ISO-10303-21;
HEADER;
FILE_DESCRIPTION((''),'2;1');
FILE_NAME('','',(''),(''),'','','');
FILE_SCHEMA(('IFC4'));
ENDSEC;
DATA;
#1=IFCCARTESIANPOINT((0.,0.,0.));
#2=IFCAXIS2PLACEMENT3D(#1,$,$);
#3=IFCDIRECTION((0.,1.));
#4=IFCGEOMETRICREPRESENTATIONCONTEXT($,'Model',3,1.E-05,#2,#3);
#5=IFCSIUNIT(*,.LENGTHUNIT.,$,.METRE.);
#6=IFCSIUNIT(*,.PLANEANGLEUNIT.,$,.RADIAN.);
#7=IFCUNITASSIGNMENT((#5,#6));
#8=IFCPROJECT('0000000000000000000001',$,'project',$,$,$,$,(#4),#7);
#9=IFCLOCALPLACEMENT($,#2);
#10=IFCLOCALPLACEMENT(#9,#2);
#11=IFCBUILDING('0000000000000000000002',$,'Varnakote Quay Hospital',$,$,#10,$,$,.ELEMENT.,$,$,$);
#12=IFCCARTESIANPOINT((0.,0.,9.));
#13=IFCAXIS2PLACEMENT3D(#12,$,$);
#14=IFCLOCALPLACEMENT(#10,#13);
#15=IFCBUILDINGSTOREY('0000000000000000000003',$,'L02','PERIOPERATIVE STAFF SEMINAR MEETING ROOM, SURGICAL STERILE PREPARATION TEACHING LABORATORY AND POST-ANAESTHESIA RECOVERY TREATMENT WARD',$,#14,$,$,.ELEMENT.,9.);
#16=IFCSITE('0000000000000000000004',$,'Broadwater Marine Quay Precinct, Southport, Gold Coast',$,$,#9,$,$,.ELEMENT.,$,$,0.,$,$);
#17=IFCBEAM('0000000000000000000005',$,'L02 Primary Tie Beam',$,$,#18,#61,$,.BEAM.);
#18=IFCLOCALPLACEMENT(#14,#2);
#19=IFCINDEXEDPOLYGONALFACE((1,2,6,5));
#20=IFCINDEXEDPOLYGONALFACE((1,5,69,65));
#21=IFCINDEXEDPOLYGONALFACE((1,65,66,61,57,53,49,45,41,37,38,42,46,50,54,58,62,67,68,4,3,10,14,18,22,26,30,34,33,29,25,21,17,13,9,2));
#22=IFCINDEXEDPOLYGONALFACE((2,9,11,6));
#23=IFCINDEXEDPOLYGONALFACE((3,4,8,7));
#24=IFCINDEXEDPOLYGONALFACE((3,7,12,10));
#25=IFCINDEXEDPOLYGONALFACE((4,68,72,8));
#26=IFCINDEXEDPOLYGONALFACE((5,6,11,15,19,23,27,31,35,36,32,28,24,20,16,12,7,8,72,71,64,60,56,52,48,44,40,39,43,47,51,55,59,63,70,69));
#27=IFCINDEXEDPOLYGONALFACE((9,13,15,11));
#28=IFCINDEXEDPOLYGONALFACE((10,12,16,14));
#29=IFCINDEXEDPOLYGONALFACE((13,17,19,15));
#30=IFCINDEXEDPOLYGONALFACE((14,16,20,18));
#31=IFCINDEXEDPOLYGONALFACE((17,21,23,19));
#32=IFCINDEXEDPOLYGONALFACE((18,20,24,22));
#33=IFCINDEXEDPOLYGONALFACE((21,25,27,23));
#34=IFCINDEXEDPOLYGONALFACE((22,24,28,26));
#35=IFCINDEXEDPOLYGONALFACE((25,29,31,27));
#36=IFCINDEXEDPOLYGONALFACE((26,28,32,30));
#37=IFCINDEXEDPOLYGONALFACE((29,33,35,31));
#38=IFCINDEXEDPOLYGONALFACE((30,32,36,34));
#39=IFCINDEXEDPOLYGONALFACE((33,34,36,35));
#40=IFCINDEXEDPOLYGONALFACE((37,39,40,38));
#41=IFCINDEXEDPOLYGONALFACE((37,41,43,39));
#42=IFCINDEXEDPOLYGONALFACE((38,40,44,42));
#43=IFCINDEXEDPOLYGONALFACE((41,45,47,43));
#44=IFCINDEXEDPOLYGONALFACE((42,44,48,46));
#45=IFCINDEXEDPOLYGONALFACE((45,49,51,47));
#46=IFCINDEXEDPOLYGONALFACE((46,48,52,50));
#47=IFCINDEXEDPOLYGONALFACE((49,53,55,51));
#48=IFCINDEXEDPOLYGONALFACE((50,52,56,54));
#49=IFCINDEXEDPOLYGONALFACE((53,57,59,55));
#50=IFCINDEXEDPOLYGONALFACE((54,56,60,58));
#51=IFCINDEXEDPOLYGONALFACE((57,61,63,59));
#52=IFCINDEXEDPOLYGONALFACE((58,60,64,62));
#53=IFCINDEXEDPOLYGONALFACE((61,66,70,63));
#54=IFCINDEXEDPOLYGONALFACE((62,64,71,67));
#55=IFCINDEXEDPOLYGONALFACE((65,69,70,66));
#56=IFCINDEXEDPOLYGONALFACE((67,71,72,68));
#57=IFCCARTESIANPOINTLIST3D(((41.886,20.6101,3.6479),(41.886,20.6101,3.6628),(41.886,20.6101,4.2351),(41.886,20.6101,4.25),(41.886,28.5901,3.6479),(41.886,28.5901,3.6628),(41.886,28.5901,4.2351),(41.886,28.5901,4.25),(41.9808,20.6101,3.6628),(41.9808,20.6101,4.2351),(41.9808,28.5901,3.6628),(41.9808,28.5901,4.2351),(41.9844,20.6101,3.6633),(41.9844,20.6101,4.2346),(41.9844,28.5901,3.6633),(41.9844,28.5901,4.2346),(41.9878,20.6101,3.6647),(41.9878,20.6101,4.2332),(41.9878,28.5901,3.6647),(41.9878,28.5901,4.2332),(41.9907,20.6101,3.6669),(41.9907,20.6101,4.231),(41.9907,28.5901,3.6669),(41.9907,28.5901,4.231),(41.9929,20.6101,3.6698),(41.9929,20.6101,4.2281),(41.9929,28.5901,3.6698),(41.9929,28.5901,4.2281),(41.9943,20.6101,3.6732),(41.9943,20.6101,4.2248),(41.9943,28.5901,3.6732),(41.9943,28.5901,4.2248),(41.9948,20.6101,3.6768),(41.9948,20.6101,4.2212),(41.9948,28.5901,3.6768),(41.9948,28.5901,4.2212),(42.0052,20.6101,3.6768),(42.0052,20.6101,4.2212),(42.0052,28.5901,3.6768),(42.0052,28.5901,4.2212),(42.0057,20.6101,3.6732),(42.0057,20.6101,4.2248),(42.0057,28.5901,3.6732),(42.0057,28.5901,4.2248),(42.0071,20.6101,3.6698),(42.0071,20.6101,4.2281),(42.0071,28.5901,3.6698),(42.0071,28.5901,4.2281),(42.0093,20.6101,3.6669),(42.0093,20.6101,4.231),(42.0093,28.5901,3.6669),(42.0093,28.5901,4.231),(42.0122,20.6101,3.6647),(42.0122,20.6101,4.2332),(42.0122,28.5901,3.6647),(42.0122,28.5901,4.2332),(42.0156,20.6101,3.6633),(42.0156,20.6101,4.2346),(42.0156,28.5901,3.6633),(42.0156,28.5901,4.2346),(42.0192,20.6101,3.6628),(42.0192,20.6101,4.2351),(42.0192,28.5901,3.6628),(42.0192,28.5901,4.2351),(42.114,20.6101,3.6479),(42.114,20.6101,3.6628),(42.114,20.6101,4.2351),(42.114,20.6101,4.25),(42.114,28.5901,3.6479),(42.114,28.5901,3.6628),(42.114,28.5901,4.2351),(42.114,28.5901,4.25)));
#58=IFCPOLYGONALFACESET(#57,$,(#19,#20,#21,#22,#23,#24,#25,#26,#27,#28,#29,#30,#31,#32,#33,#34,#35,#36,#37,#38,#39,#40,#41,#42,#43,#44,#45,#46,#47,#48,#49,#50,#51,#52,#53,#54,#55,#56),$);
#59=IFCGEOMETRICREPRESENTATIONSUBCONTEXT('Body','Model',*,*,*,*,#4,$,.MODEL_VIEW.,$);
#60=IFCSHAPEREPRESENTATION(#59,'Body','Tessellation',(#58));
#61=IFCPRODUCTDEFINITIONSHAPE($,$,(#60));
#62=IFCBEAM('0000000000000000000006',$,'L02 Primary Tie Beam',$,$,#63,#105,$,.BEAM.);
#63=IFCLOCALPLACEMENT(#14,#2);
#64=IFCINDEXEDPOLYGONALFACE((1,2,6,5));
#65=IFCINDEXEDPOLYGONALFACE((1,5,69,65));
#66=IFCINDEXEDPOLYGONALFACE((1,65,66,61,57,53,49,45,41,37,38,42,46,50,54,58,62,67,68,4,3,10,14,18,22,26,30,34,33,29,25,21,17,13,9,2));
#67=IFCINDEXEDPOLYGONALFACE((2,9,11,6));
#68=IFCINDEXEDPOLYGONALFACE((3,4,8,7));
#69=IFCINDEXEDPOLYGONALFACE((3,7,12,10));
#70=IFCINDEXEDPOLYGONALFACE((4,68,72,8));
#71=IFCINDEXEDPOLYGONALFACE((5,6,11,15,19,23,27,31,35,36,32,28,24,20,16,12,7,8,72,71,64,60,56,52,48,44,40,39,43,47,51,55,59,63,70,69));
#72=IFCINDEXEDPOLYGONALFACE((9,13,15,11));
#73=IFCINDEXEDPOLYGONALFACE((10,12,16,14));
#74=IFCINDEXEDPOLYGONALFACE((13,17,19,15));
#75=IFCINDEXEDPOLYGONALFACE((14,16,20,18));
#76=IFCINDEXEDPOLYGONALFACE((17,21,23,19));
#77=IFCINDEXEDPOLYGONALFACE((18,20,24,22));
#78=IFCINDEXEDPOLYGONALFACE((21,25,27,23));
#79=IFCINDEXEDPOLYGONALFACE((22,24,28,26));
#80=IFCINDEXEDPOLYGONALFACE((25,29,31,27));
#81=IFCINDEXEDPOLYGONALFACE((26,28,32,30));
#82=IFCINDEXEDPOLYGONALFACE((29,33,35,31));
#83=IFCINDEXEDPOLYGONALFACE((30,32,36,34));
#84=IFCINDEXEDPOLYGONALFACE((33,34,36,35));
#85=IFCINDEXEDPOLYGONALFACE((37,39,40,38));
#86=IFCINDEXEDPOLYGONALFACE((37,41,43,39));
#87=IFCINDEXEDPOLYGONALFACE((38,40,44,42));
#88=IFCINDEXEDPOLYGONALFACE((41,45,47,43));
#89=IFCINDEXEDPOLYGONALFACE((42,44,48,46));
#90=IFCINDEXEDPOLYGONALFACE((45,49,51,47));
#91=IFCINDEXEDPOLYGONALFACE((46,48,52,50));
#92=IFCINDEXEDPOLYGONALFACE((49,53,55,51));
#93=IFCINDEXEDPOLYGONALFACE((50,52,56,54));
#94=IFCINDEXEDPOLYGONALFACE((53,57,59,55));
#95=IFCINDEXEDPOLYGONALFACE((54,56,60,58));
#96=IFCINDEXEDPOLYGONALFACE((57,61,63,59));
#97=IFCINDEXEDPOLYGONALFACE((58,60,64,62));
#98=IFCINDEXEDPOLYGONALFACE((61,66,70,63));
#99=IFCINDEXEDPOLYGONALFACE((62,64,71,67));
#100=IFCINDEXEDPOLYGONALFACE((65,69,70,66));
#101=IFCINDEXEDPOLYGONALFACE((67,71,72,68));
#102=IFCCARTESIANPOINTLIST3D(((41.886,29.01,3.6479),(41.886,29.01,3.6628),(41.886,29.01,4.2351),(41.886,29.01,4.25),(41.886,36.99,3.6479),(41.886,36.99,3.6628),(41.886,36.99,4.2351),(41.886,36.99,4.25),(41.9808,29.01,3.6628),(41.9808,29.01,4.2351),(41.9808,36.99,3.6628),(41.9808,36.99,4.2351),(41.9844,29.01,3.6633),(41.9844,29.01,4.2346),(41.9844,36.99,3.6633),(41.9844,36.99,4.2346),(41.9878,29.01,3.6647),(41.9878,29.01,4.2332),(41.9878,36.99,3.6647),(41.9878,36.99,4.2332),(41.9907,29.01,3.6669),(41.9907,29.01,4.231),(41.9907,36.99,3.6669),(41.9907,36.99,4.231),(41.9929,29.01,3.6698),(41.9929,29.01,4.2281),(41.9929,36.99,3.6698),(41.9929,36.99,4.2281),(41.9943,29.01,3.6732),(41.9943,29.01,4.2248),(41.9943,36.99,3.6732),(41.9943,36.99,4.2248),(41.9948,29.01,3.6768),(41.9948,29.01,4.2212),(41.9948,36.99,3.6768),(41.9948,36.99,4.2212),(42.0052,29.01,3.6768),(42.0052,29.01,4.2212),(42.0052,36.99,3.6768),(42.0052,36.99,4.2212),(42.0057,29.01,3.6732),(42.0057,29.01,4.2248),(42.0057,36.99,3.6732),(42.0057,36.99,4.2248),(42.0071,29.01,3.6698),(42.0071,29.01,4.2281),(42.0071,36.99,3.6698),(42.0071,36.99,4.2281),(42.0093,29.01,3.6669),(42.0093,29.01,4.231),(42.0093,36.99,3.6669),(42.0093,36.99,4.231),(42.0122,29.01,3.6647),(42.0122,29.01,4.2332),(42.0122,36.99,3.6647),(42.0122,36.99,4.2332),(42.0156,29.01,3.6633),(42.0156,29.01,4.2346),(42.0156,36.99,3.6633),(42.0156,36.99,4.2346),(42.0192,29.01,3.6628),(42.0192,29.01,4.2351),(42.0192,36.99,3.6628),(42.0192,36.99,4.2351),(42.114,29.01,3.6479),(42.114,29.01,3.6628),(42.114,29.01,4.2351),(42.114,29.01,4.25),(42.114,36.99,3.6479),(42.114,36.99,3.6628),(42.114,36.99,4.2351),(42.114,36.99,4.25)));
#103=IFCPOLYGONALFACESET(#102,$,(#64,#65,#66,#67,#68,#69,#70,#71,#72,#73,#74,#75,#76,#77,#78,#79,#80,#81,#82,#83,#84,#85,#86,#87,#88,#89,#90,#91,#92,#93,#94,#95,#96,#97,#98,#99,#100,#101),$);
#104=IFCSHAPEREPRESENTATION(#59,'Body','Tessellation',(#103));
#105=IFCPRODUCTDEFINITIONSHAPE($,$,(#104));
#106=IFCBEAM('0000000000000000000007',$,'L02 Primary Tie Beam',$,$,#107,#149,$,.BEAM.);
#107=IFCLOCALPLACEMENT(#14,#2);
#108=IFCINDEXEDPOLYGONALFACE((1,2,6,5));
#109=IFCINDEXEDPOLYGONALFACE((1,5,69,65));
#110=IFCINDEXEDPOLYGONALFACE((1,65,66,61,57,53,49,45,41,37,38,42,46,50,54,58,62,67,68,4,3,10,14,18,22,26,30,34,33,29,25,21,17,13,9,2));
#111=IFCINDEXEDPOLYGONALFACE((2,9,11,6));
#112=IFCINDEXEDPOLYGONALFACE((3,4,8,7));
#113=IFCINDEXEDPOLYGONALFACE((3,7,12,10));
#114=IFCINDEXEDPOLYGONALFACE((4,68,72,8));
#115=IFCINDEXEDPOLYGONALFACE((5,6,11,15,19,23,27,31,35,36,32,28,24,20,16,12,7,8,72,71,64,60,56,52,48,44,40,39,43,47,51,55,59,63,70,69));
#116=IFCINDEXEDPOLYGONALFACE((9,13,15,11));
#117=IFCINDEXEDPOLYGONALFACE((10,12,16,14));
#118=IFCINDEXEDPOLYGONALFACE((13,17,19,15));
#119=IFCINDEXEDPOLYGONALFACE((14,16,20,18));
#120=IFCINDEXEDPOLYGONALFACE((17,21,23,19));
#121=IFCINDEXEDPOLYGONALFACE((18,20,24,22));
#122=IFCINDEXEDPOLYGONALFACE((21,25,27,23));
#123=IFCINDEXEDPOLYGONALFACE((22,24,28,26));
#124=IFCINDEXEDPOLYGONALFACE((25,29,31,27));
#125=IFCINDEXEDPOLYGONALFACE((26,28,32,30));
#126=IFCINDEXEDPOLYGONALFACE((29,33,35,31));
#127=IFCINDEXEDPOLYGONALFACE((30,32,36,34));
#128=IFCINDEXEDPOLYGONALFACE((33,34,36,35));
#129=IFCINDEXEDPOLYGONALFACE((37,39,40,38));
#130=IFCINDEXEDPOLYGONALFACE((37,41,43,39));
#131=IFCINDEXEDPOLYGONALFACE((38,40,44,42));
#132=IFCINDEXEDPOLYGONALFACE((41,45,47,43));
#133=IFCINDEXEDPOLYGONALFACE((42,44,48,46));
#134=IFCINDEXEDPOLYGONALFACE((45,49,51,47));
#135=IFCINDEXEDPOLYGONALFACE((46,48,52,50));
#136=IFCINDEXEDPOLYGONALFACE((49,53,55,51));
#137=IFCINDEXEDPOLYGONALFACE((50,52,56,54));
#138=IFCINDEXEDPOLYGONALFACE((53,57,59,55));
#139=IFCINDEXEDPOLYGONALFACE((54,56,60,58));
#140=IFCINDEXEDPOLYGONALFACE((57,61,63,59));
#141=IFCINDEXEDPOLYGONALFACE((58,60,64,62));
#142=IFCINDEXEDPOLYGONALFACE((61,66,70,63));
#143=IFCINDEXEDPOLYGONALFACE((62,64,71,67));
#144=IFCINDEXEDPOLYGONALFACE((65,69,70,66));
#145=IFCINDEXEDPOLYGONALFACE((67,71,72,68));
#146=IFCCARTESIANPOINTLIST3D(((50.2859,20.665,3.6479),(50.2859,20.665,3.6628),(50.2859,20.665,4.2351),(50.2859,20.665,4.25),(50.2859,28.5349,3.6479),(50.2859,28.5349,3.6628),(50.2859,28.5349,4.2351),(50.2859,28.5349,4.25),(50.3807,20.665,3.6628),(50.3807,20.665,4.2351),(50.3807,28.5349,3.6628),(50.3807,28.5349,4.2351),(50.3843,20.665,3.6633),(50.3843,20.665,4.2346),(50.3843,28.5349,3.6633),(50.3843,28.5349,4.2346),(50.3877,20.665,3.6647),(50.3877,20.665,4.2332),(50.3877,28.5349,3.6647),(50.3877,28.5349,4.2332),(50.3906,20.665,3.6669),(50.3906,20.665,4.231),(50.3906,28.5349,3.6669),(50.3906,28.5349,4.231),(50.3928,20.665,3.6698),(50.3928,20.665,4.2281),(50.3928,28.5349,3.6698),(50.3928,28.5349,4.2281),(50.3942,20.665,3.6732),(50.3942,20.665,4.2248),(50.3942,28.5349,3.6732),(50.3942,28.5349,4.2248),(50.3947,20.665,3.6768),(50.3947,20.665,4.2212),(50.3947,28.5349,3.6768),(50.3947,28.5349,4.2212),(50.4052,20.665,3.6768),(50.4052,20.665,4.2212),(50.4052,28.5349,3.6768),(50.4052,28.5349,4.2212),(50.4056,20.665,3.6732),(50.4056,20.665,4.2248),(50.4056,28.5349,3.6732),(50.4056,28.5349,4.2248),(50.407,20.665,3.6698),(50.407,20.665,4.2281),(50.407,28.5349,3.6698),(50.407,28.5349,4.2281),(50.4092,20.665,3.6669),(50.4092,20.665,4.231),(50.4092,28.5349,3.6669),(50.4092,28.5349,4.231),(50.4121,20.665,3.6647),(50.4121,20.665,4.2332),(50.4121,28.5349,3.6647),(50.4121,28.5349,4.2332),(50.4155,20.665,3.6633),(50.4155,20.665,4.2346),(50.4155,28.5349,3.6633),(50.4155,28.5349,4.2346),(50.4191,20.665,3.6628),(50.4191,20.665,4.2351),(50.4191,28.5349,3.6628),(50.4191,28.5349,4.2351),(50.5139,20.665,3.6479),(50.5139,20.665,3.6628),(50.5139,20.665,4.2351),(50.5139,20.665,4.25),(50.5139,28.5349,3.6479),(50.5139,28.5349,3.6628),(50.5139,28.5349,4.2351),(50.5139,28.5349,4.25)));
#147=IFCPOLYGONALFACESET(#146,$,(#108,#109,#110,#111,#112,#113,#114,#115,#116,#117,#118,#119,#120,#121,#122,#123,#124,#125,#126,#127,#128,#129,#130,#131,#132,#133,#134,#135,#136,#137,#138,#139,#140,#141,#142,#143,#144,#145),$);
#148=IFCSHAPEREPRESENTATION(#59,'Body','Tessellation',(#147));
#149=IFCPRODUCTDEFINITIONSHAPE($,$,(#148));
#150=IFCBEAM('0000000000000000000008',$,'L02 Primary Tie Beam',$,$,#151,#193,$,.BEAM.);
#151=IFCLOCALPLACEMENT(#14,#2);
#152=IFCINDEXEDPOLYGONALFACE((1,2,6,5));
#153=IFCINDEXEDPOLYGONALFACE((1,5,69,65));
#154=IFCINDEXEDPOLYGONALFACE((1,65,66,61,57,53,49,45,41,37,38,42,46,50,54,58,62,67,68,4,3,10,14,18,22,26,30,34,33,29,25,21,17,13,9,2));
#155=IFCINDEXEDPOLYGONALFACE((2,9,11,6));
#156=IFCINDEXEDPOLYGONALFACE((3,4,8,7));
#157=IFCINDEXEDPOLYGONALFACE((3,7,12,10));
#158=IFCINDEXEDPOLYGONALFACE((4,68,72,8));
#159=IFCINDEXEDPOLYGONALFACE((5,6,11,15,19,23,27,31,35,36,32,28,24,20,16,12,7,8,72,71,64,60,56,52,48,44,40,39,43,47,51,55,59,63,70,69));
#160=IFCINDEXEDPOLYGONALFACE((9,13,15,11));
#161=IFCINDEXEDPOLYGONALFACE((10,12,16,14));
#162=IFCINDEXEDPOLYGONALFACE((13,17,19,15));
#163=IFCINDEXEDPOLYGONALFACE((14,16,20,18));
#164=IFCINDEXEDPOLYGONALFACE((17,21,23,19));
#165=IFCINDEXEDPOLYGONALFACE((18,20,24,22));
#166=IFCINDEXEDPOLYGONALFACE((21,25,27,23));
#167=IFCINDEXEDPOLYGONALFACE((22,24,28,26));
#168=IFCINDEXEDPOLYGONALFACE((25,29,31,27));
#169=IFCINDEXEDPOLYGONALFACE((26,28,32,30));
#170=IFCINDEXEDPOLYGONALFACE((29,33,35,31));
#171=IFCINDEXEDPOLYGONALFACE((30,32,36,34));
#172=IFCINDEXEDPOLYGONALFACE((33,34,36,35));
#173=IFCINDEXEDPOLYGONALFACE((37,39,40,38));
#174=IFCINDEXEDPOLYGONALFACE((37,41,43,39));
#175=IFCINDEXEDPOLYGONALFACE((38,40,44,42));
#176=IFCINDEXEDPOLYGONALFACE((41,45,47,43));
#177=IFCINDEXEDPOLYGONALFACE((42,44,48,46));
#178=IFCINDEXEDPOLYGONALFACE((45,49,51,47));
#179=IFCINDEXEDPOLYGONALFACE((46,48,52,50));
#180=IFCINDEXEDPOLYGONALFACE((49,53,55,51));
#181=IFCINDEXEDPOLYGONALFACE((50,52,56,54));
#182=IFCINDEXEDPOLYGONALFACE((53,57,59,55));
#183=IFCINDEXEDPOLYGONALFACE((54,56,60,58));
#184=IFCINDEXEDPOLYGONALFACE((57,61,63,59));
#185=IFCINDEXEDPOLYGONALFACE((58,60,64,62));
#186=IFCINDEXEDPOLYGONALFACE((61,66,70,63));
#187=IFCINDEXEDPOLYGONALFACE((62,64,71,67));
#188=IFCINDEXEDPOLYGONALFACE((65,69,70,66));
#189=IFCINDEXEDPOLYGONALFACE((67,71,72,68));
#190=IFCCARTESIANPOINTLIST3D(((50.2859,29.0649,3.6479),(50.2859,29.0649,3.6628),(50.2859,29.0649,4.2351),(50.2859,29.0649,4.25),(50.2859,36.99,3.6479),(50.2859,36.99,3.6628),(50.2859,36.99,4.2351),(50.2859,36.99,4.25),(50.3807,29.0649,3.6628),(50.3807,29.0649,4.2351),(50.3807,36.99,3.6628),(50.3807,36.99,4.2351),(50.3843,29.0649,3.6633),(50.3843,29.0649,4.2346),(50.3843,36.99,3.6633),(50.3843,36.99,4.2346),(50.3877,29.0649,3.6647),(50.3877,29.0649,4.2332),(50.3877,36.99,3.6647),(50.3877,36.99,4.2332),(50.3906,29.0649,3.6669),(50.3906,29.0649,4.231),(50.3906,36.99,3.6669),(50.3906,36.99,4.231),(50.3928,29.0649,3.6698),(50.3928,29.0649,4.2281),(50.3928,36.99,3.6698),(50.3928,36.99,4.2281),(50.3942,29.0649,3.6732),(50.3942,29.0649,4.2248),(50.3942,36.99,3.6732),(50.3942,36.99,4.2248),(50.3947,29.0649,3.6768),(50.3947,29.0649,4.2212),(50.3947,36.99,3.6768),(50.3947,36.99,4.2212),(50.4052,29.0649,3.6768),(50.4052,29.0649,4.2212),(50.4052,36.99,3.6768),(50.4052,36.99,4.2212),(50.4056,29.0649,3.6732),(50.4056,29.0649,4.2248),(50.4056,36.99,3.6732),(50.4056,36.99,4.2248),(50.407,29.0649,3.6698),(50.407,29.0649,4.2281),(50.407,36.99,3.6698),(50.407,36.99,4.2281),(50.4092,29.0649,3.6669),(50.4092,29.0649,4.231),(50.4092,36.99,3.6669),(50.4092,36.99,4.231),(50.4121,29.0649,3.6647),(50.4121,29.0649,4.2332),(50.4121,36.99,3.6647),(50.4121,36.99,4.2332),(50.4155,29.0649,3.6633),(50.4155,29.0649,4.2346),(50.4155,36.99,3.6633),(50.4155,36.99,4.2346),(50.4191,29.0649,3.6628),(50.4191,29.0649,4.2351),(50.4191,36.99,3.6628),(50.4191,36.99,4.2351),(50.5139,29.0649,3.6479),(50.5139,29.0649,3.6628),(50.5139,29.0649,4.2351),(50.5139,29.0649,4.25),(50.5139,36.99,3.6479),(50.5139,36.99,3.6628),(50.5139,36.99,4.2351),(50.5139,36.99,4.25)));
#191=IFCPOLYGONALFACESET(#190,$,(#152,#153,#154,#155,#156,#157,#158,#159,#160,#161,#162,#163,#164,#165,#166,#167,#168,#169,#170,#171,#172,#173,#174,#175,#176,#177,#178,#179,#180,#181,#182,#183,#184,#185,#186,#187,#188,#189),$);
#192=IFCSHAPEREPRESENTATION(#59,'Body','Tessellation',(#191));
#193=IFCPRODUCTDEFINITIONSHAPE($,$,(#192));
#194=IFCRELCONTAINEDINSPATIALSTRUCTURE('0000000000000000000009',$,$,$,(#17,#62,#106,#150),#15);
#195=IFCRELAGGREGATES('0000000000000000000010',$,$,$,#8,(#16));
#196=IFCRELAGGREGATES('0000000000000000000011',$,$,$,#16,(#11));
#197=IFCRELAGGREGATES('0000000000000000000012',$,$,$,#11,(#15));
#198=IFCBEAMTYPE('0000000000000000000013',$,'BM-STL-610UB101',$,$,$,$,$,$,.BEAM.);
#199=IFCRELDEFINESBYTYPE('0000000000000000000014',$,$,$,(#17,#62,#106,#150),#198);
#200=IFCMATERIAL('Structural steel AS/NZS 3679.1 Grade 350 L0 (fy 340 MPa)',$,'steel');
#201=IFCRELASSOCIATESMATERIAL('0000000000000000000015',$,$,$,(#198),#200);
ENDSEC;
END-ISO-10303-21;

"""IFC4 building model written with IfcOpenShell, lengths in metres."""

from ifc_helpers import new_model, si_unit, direction, frame, origin, origin_2d, place, context, subcontext, project, spatial, i_section, extrude, material, material_profile, profile_set, type_object, element, save


model = new_model("IFC4")

# Units and contexts
model_context = context("Model", 3, precision=1e-05, world=origin(), true_north=direction((0.0, 1.0)))
body_context = subcontext(model_context, "Body", "Model", "MODEL_VIEW")
ifc_project = project(units=[si_unit("LENGTHUNIT", "METRE"), si_unit("PLANEANGLEUNIT", "RADIAN")], contexts=[model_context])

# Site, building, storey
site_placement = place(None, origin())
site = spatial("IfcSite", under=ifc_project, at=site_placement, Name="Broadwater Marine Quay Precinct, Southport, Gold Coast", CompositionType="ELEMENT", RefElevation=0.0)
building_placement = place(site_placement, origin())
building = spatial("IfcBuilding", under=site, at=building_placement, Name="Varnakote Quay Hospital", CompositionType="ELEMENT")
storey_placement = place(building_placement, frame((0.0, 0.0, 9.0)))
storey = spatial("IfcBuildingStorey", under=building, at=storey_placement, Name="L02", Description="PERIOPERATIVE STAFF SEMINAR MEETING ROOM, SURGICAL STERILE PREPARATION TEACHING LABORATORY AND POST-ANAESTHESIA RECOVERY TREATMENT WARD", CompositionType="ELEMENT", Elevation=9.0)

# Beams
ifc_material_1 = material(Name="Structural steel AS/NZS 3679.1 Grade 350 L0 (fy 340 MPa)", Category="steel")
ifc_material_profile_1 = material_profile(ifc_material_1, i_section(OverallWidth=0.228, OverallDepth=0.6021, WebThickness=0.0105, FlangeThickness=0.0149, FilletRadius=0.0139, at=origin_2d()), Name="610UB101")
ifc_profile_set_1 = profile_set([ifc_material_profile_1], Name="Structural steel AS/NZS 3679.1 Grade 350 L0 (fy 340 MPa)")
beam_type_1 = type_object("IfcBeamType", Name="BM-STL-610UB101", PredefinedType="BEAM", material=ifc_profile_set_1)
for number, where, z_axis, x_axis, name in (
    (1, (42.0, 20.6101, 3.949), (0.0, 1.0, 0.0), (-1.0, 0.0, 0.0), "L02 Primary Tie Beam"),
    (2, (42.0, 29.01, 3.949), (0.0, 1.0, 0.0), (-1.0, 0.0, 0.0), "L02 Primary Tie Beam"),
):
    element("IfcBeam", number, at=place(storey_placement, frame(where, z_axis=z_axis, x_axis=x_axis)), inside=storey, type_object=beam_type_1, Name=name, PredefinedType="BEAM", context=body_context, shape_type="SweptSolid", body=[
        extrude(i_section(OverallWidth=0.228, OverallDepth=0.6021, WebThickness=0.0105, FlangeThickness=0.0149, FilletRadius=0.0139, at=origin_2d()), origin(), (0.0, 0.0, 1.0), 7.98),
    ])
beam_1_placement = place(storey_placement, frame((50.3999, 20.665, 3.949), z_axis=(0.0, 1.0, 0.0), x_axis=(-1.0, 0.0, 0.0)))
element("IfcBeam", 3, at=beam_1_placement, inside=storey, type_object=beam_type_1, Name="L02 Primary Tie Beam", PredefinedType="BEAM", context=body_context, shape_type="SweptSolid", body=[
    extrude(i_section(OverallWidth=0.228, OverallDepth=0.6021, WebThickness=0.0105, FlangeThickness=0.0149, FilletRadius=0.0139, at=origin_2d()), origin(), (0.0, 0.0, 1.0), 7.8699),
])
beam_2_placement = place(storey_placement, frame((50.3999, 29.0649, 3.949), z_axis=(0.0, 1.0, 0.0), x_axis=(-1.0, 0.0, 0.0)))
element("IfcBeam", 4, at=beam_2_placement, inside=storey, type_object=beam_type_1, Name="L02 Primary Tie Beam", PredefinedType="BEAM", context=body_context, shape_type="SweptSolid", body=[
    extrude(i_section(OverallWidth=0.228, OverallDepth=0.6021, WebThickness=0.0105, FlangeThickness=0.0149, FilletRadius=0.0139, at=origin_2d()), origin(), (0.0, 0.0, 1.0), 7.925),
])

save(model, "model.ifc")
